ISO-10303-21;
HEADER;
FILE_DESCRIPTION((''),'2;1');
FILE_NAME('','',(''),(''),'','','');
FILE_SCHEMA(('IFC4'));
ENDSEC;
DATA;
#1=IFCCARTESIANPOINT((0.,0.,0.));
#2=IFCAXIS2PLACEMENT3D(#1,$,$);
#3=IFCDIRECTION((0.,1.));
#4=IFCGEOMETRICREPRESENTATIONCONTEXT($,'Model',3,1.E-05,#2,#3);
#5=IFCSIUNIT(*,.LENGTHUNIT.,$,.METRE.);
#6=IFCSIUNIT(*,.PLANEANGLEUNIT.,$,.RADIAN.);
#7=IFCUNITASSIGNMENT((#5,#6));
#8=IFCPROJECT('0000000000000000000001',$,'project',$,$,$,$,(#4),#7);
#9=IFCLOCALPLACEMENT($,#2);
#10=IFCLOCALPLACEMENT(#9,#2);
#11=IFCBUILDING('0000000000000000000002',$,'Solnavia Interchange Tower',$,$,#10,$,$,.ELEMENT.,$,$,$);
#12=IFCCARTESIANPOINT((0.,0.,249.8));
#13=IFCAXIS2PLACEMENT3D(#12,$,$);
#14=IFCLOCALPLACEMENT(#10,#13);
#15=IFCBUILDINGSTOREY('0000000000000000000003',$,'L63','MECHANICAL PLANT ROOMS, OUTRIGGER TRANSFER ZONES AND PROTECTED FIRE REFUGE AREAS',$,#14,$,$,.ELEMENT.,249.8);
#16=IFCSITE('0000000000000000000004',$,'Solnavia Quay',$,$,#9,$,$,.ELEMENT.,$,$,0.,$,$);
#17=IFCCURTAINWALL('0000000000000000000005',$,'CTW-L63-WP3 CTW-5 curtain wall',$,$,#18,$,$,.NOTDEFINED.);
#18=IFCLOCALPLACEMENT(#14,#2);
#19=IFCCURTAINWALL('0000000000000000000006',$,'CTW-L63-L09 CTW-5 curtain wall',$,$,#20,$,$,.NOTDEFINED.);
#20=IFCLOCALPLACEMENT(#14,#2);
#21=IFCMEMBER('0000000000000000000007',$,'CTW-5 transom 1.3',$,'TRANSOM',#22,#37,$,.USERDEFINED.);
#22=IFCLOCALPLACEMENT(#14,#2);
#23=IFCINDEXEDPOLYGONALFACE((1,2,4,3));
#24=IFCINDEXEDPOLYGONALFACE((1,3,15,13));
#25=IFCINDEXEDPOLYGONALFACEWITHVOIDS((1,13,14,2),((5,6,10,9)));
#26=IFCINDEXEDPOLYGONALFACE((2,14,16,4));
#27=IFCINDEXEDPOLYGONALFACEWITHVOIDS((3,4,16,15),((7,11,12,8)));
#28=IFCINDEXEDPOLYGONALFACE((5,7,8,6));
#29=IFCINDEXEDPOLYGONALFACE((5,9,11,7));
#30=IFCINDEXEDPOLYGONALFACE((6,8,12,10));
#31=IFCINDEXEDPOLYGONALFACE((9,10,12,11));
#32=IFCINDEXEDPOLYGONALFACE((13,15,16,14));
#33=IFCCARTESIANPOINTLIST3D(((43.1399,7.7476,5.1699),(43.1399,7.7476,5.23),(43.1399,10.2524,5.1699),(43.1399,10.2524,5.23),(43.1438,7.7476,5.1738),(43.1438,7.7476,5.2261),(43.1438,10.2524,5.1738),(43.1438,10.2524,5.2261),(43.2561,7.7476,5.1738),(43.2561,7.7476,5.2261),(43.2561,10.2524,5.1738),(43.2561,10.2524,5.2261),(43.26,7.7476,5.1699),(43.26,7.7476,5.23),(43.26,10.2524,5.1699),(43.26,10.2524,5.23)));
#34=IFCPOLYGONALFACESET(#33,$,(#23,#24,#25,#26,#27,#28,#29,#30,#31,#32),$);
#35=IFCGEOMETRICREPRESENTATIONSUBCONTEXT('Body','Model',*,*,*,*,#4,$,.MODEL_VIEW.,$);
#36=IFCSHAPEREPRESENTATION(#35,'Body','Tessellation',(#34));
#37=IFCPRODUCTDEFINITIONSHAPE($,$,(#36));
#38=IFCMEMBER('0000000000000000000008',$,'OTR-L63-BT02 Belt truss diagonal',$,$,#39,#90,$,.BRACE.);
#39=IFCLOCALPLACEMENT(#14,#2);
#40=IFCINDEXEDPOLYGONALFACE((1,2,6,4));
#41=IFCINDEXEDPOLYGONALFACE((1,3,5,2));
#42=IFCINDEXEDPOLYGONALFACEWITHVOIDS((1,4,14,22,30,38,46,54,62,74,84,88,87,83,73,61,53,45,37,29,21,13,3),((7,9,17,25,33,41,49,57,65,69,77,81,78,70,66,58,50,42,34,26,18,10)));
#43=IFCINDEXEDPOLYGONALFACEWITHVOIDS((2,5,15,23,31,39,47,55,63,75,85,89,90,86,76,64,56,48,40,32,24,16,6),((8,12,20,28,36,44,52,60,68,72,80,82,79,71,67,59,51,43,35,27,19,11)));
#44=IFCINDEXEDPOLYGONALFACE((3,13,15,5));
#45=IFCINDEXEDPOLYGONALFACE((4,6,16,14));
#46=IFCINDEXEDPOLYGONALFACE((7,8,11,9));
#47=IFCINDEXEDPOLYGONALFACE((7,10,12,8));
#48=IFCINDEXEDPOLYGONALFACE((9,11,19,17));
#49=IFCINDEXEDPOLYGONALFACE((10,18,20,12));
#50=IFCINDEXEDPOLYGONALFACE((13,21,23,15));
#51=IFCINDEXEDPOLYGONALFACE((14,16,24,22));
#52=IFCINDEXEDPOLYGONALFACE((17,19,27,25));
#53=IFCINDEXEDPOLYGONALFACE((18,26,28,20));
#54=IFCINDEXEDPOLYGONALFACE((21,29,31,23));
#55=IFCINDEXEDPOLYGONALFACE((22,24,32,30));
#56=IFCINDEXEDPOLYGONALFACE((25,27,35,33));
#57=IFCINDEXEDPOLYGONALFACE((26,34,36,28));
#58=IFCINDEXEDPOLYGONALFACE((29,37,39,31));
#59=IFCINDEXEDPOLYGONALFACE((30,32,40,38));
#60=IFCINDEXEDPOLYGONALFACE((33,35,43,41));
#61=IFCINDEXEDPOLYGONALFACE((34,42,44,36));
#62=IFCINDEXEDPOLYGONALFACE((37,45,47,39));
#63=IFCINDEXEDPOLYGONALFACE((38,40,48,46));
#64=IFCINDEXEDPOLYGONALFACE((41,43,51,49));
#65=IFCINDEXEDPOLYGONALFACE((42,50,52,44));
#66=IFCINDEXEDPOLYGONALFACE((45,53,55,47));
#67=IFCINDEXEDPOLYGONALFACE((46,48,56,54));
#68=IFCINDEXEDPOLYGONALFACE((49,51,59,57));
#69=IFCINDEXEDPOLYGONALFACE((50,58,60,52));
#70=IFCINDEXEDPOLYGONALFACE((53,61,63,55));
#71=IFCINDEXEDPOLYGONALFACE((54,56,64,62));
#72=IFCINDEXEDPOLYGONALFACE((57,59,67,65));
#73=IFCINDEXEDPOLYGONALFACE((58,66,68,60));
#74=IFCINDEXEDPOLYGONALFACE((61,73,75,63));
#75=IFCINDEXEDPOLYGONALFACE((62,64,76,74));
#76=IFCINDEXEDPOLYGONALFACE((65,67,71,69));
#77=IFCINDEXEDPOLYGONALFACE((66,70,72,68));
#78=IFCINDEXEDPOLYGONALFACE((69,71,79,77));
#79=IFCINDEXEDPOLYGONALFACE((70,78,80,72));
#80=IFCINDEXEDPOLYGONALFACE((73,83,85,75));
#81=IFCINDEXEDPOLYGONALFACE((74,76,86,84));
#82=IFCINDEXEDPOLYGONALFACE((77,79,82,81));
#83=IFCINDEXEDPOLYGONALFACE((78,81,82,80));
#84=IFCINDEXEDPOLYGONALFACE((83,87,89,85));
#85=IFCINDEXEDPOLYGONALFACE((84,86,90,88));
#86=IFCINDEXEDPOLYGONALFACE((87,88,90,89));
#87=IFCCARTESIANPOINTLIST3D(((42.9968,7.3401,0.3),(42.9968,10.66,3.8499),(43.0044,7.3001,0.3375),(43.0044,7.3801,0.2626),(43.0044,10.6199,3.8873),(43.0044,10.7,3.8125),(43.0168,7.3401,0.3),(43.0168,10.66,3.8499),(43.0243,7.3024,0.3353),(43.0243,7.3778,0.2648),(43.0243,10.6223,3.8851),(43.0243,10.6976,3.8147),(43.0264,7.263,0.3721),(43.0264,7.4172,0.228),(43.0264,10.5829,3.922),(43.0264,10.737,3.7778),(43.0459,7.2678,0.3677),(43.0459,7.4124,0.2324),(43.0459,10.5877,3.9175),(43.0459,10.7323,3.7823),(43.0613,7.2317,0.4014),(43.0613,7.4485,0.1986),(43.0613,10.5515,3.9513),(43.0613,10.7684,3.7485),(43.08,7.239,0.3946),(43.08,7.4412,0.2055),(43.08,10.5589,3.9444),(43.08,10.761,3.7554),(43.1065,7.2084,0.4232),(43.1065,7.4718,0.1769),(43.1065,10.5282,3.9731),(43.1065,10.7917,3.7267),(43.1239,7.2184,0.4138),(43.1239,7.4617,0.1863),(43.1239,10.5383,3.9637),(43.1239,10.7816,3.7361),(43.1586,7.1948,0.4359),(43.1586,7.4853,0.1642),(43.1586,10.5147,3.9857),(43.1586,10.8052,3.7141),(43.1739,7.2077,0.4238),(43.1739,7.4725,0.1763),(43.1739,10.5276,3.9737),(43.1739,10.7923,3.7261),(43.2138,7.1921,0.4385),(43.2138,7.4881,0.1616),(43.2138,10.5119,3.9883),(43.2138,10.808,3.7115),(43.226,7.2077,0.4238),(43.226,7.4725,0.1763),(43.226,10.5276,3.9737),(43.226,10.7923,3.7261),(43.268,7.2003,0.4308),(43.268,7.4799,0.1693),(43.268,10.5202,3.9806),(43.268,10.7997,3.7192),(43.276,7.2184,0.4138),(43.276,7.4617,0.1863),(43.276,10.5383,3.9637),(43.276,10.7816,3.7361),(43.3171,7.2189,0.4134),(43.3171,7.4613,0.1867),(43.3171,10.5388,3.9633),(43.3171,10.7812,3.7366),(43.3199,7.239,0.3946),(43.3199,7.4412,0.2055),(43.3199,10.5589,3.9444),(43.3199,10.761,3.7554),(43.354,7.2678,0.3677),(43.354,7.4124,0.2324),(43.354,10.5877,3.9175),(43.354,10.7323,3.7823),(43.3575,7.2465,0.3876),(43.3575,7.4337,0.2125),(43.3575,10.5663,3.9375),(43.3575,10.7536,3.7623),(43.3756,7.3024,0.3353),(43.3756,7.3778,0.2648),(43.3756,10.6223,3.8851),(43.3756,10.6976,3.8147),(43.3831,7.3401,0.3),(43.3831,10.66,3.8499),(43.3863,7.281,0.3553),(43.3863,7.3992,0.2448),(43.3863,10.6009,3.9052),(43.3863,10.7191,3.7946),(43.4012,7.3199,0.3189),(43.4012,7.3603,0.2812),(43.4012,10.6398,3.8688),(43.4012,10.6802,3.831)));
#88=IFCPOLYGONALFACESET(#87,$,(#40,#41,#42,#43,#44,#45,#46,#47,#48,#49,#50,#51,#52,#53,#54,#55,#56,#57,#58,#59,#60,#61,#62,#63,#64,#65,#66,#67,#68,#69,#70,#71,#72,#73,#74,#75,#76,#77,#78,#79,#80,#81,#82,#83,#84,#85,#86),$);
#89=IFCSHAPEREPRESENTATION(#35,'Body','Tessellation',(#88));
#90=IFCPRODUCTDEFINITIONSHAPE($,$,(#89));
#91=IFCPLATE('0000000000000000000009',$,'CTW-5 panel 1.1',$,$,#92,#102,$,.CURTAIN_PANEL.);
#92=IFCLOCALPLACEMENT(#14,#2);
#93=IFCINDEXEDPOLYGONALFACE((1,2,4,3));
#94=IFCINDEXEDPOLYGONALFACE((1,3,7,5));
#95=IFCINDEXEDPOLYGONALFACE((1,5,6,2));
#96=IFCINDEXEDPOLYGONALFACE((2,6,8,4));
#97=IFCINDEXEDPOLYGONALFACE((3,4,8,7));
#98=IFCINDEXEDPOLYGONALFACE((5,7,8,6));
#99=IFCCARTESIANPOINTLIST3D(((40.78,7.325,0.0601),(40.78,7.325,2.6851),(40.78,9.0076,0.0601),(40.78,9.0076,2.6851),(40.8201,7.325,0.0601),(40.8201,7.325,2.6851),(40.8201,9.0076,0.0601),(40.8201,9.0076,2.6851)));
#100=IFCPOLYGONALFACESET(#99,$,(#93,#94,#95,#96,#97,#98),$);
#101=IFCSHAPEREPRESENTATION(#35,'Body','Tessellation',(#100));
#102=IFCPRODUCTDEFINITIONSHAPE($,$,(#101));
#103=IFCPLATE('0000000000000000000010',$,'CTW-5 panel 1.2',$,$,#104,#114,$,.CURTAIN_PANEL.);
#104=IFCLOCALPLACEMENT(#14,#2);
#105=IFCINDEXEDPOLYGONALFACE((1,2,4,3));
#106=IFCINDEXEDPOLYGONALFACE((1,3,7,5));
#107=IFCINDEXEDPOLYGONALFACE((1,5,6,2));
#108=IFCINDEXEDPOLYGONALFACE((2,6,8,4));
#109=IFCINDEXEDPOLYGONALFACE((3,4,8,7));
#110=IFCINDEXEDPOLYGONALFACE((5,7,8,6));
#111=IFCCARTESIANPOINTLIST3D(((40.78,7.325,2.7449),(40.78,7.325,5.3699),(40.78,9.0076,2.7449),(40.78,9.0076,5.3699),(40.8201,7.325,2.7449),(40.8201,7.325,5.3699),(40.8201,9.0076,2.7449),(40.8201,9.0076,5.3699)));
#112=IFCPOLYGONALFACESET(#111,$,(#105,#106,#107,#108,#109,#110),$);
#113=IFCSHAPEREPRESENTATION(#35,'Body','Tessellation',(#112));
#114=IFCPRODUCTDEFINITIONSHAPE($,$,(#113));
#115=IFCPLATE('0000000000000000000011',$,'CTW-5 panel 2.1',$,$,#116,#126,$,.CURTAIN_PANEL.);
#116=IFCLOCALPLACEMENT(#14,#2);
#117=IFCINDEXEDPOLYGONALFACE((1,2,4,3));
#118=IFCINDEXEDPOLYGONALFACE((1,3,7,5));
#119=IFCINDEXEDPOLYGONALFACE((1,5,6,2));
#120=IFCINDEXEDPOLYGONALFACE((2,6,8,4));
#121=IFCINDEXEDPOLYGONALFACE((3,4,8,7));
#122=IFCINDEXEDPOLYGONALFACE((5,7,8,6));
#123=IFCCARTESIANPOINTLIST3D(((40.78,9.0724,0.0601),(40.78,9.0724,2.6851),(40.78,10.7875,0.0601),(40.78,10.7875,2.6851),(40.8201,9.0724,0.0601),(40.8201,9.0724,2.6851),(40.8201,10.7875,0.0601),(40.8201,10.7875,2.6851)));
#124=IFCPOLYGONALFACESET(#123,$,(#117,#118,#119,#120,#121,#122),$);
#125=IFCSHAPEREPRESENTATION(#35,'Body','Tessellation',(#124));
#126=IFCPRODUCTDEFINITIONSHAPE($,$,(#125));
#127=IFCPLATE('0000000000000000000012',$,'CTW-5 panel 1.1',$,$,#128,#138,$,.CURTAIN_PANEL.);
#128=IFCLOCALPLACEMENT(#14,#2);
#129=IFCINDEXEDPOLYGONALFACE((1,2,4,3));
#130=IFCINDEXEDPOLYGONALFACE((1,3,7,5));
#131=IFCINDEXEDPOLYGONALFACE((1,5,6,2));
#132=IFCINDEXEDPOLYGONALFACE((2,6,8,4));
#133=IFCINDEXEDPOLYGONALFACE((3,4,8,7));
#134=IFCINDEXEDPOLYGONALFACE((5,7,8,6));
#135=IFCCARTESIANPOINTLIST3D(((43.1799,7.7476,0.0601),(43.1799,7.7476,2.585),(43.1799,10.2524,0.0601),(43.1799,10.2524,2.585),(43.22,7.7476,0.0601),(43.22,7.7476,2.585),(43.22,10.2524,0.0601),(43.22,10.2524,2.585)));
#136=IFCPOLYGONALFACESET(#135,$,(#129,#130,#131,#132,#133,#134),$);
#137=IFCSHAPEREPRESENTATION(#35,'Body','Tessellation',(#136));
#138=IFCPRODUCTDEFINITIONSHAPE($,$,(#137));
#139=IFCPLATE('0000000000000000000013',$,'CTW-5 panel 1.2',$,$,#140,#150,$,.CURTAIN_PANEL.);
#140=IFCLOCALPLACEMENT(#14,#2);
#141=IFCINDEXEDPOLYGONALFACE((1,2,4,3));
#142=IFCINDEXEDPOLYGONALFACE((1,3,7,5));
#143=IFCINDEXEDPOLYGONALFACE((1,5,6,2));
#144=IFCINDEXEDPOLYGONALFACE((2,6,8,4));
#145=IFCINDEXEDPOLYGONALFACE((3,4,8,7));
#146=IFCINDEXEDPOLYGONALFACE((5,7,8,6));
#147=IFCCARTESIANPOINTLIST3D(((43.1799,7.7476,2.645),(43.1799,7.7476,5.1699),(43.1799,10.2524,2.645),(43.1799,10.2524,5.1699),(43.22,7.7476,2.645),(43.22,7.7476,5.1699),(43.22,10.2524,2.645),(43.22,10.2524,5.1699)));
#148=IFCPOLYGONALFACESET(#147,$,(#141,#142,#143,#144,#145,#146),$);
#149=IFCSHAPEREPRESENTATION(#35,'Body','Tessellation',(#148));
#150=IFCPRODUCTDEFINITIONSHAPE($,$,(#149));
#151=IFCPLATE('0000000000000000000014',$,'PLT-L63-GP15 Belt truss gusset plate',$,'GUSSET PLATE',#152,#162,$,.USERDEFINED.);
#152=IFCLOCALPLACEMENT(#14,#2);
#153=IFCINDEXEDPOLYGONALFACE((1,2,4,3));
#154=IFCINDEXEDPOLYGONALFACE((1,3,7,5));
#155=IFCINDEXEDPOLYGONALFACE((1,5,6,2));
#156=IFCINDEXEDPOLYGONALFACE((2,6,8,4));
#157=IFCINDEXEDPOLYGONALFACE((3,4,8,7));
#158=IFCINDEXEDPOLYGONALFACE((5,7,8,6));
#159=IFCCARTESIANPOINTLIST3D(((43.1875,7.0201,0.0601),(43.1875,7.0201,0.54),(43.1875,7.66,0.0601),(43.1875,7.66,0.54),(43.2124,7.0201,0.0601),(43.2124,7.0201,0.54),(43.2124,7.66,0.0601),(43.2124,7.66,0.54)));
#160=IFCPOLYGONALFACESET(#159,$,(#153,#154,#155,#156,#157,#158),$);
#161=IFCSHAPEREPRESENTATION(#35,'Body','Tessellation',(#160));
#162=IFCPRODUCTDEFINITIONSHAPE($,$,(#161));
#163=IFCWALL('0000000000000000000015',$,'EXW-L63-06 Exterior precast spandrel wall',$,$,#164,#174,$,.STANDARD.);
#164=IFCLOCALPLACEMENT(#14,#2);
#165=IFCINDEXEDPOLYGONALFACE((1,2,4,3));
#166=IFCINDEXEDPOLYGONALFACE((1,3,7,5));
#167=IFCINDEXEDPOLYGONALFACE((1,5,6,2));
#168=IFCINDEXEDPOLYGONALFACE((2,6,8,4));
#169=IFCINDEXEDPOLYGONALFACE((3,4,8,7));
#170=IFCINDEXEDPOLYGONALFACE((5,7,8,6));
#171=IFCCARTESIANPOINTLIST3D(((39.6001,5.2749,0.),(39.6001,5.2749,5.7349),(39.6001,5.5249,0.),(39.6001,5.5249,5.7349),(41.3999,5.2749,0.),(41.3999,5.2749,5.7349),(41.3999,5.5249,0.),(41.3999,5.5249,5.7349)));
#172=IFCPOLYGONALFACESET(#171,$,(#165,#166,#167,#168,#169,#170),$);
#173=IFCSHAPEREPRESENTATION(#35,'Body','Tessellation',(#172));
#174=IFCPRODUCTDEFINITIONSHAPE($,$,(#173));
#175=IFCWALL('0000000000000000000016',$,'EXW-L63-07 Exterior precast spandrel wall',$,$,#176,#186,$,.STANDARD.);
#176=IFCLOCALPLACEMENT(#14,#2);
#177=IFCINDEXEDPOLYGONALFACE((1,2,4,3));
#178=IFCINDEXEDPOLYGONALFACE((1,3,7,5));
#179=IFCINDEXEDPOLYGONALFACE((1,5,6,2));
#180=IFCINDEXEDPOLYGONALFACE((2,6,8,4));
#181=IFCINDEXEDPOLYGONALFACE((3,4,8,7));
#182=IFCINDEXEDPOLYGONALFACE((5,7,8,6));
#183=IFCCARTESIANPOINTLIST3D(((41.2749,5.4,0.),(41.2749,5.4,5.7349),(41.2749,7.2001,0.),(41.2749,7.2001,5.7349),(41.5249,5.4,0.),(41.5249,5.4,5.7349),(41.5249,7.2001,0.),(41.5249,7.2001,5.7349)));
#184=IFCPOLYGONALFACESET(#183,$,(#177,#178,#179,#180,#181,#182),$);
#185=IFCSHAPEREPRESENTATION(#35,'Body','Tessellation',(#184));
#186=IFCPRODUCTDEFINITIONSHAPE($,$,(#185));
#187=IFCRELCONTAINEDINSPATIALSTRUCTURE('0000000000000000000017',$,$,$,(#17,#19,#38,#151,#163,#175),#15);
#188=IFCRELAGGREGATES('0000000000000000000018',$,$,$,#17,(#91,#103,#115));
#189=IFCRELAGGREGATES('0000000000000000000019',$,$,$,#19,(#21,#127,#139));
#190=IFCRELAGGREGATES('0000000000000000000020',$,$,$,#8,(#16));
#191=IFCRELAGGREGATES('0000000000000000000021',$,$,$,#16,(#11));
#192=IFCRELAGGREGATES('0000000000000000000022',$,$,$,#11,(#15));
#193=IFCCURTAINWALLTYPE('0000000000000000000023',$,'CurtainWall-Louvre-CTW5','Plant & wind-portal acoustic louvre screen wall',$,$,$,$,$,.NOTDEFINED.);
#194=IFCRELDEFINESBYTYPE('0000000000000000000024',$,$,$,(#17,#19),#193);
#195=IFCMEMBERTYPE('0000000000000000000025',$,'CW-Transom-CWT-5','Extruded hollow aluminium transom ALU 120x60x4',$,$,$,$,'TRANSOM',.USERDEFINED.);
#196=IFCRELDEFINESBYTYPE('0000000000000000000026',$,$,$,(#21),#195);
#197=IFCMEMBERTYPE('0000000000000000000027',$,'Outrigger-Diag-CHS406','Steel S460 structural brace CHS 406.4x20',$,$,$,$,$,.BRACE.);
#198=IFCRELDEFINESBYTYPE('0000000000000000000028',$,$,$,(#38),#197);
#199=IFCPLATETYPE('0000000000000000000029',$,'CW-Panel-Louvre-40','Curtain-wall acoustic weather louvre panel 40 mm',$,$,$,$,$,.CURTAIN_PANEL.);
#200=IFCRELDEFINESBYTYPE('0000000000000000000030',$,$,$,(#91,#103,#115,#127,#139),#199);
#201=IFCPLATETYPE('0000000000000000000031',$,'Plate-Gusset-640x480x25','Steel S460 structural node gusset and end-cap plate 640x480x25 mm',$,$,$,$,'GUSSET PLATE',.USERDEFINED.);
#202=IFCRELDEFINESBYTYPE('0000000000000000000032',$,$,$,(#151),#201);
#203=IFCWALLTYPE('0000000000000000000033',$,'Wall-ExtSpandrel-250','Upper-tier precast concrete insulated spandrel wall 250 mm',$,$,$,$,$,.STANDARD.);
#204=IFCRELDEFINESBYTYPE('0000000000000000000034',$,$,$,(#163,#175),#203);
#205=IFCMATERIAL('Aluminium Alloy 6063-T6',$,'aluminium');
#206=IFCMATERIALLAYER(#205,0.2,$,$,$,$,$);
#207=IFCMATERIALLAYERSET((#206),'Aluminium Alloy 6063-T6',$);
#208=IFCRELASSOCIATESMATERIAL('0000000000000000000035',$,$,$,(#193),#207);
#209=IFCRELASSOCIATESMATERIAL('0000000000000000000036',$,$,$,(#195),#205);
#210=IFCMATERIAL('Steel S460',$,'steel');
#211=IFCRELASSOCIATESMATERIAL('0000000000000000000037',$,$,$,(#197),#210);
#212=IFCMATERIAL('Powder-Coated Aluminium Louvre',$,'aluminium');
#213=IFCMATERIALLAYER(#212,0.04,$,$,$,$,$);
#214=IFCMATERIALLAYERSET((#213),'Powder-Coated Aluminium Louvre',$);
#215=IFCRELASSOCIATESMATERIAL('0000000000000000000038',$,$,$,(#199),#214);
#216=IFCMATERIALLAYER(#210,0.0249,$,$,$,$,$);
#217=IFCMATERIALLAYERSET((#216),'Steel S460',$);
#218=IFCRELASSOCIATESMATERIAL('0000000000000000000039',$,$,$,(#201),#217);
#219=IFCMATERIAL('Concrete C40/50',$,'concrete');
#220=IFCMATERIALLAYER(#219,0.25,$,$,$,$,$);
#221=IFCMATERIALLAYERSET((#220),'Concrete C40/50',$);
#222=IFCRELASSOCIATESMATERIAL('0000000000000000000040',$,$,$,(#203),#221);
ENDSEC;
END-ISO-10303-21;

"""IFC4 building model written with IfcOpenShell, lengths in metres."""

from ifc_helpers import new_model, si_unit, direction, frame, frame_2d, origin, origin_2d, place, context, subcontext, project, spatial, rectangle, hollow_rectangle, hollow_circle, extrude, material, layer, layer_set, material_profile, profile_set, type_object, element, aggregate, save


model = new_model("IFC4")

# Units and contexts
model_context = context("Model", 3, precision=1e-05, world=origin(), true_north=direction((0.0, 1.0)))
body_context = subcontext(model_context, "Body", "Model", "MODEL_VIEW")
ifc_project = project(units=[si_unit("LENGTHUNIT", "METRE"), si_unit("PLANEANGLEUNIT", "RADIAN")], contexts=[model_context])

# Site, building, storey
site_placement = place(None, origin())
site = spatial("IfcSite", under=ifc_project, at=site_placement, Name="Solnavia Quay", CompositionType="ELEMENT", RefElevation=0.0)
building_placement = place(site_placement, origin())
building = spatial("IfcBuilding", under=site, at=building_placement, Name="Solnavia Interchange Tower", CompositionType="ELEMENT")
storey_placement = place(building_placement, frame((0.0, 0.0, 249.8)))
storey = spatial("IfcBuildingStorey", under=building, at=storey_placement, Name="L63", Description="MECHANICAL PLANT ROOMS, OUTRIGGER TRANSFER ZONES AND PROTECTED FIRE REFUGE AREAS", CompositionType="ELEMENT", Elevation=249.8)

# Curtain walls
ifc_material_1 = material(Name="Aluminium Alloy 6063-T6", Category="aluminium")
ifc_layer_1 = layer(ifc_material_1, 0.2)
ifc_layer_set_1 = layer_set([ifc_layer_1], Name="Aluminium Alloy 6063-T6")
curtain_wall_type = type_object("IfcCurtainWallType", Name="CurtainWall-Louvre-CTW5", Description="Plant & wind-portal acoustic louvre screen wall", PredefinedType="NOTDEFINED", material=ifc_layer_set_1)
curtain_wall_1_placement = place(storey_placement, origin())
curtain_wall_1 = element("IfcCurtainWall", 1, at=curtain_wall_1_placement, inside=storey, type_object=curtain_wall_type, Name="CTW-L63-WP3 CTW-5 curtain wall", PredefinedType="NOTDEFINED")
curtain_wall_2_placement = place(storey_placement, origin())
curtain_wall_2 = element("IfcCurtainWall", 2, at=curtain_wall_2_placement, inside=storey, type_object=curtain_wall_type, Name="CTW-L63-L09 CTW-5 curtain wall", PredefinedType="NOTDEFINED")

# Members
ifc_material_profile_1 = material_profile(ifc_material_1, hollow_rectangle(XDim=0.0601, YDim=0.1201, WallThickness=0.0039, at=origin_2d()), Name="ALU 120x60x4")
ifc_profile_set_1 = profile_set([ifc_material_profile_1], Name="Aluminium Alloy 6063-T6")
member_type_1 = type_object("IfcMemberType", Name="CW-Transom-CWT-5", Description="Extruded hollow aluminium transom ALU 120x60x4", ElementType="TRANSOM", PredefinedType="USERDEFINED", material=ifc_profile_set_1)
member_1_placement = place(storey_placement, frame((43.2, 7.7476, 5.2), z_axis=(0.0, 1.0, 0.0), x_axis=(0.0, 0.0, 1.0)))
member_1 = element("IfcMember", 3, at=member_1_placement, type_object=member_type_1, Name="CTW-5 transom 1.3", ObjectType="TRANSOM", PredefinedType="USERDEFINED", context=body_context, shape_type="SweptSolid", body=[
    extrude(hollow_rectangle(XDim=0.0601, YDim=0.1201, WallThickness=0.0039, at=origin_2d()), origin(), (0.0, 0.0, 1.0), 2.5049),
])
ifc_material_2 = material(Name="Steel S460", Category="steel")
ifc_material_profile_2 = material_profile(ifc_material_2, hollow_circle(Radius=0.2031, WallThickness=0.02, at=origin_2d()), Name="CHS 406.4x20")
ifc_profile_set_2 = profile_set([ifc_material_profile_2], Name="Steel S460")
member_type_2 = type_object("IfcMemberType", Name="Outrigger-Diag-CHS406", Description="Steel S460 structural brace CHS 406.4x20", PredefinedType="BRACE", material=ifc_profile_set_2)
member_2_placement = place(storey_placement, frame((43.2, 7.3401, 0.3), z_axis=(0.0, 0.683052, 0.73037), x_axis=(-1.0, 0.0, 0.0)))
element("IfcMember", 4, at=member_2_placement, inside=storey, type_object=member_type_2, Name="OTR-L63-BT02 Belt truss diagonal", PredefinedType="BRACE", context=body_context, shape_type="SweptSolid", body=[
    extrude(hollow_circle(Radius=0.2031, WallThickness=0.02, at=origin_2d()), origin(), (0.0, 0.0, 1.0), 4.8604),
])

# Plates
ifc_material_3 = material(Name="Powder-Coated Aluminium Louvre", Category="aluminium")
ifc_layer_2 = layer(ifc_material_3, 0.04)
ifc_layer_set_2 = layer_set([ifc_layer_2], Name="Powder-Coated Aluminium Louvre")
plate_type_1 = type_object("IfcPlateType", Name="CW-Panel-Louvre-40", Description="Curtain-wall acoustic weather louvre panel 40 mm", PredefinedType="CURTAIN_PANEL", material=ifc_layer_set_2)
plate_1_placement = place(storey_placement, frame((40.8, 8.1663, 0.0601), z_axis=(0.0, 0.0, 1.0), x_axis=(0.0, 1.0, 0.0)))
plate_1 = element("IfcPlate", 5, at=plate_1_placement, type_object=plate_type_1, Name="CTW-5 panel 1.1", PredefinedType="CURTAIN_PANEL", context=body_context, shape_type="SweptSolid", body=[
    extrude(rectangle(XDim=1.6826, YDim=0.04, at=origin_2d()), origin(), (0.0, 0.0, 1.0), 2.625),
])
plate_2_placement = place(storey_placement, frame((40.8, 8.1663, 2.7449), z_axis=(0.0, 0.0, 1.0), x_axis=(0.0, 1.0, 0.0)))
plate_2 = element("IfcPlate", 6, at=plate_2_placement, type_object=plate_type_1, Name="CTW-5 panel 1.2", PredefinedType="CURTAIN_PANEL", context=body_context, shape_type="SweptSolid", body=[
    extrude(rectangle(XDim=1.6826, YDim=0.04, at=origin_2d()), origin(), (0.0, 0.0, 1.0), 2.625),
])
plate_3_placement = place(storey_placement, frame((40.8, 9.9299, 0.0601), z_axis=(0.0, 0.0, 1.0), x_axis=(0.0, 1.0, 0.0)))
plate_3 = element("IfcPlate", 7, at=plate_3_placement, type_object=plate_type_1, Name="CTW-5 panel 2.1", PredefinedType="CURTAIN_PANEL", context=body_context, shape_type="SweptSolid", body=[
    extrude(rectangle(XDim=1.7151, YDim=0.04, at=origin_2d()), origin(), (0.0, 0.0, 1.0), 2.625),
])
aggregate(curtain_wall_1, [plate_1, plate_2, plate_3])
plate_4_placement = place(storey_placement, frame((43.2, 9.0, 0.0601), z_axis=(0.0, 0.0, 1.0), x_axis=(0.0, 1.0, 0.0)))
plate_4 = element("IfcPlate", 8, at=plate_4_placement, type_object=plate_type_1, Name="CTW-5 panel 1.1", PredefinedType="CURTAIN_PANEL", context=body_context, shape_type="SweptSolid", body=[
    extrude(rectangle(XDim=2.5049, YDim=0.04, at=origin_2d()), origin(), (0.0, 0.0, 1.0), 2.5249),
])
plate_5_placement = place(storey_placement, frame((43.2, 9.0, 2.645), z_axis=(0.0, 0.0, 1.0), x_axis=(0.0, 1.0, 0.0)))
plate_5 = element("IfcPlate", 9, at=plate_5_placement, type_object=plate_type_1, Name="CTW-5 panel 1.2", PredefinedType="CURTAIN_PANEL", context=body_context, shape_type="SweptSolid", body=[
    extrude(rectangle(XDim=2.5049, YDim=0.04, at=origin_2d()), origin(), (0.0, 0.0, 1.0), 2.5249),
])
aggregate(curtain_wall_2, [member_1, plate_4, plate_5])
ifc_layer_3 = layer(ifc_material_2, 0.0249)
ifc_layer_set_3 = layer_set([ifc_layer_3], Name="Steel S460")
plate_type_2 = type_object("IfcPlateType", Name="Plate-Gusset-640x480x25", Description="Steel S460 structural node gusset and end-cap plate 640x480x25 mm", ElementType="GUSSET PLATE", PredefinedType="USERDEFINED", material=ifc_layer_set_3)
plate_6_placement = place(storey_placement, frame((43.2, 7.3401, 0.0601), z_axis=(0.0, 0.0, 1.0), x_axis=(0.0, 1.0, 0.0)))
element("IfcPlate", 10, at=plate_6_placement, inside=storey, type_object=plate_type_2, Name="PLT-L63-GP15 Belt truss gusset plate", ObjectType="GUSSET PLATE", PredefinedType="USERDEFINED", context=body_context, shape_type="SweptSolid", body=[
    extrude(rectangle(XDim=0.6399, YDim=0.0249, at=origin_2d()), origin(), (0.0, 0.0, 1.0), 0.48),
])

# Walls
ifc_material_4 = material(Name="Concrete C40/50", Category="concrete")
ifc_layer_4 = layer(ifc_material_4, 0.25)
ifc_layer_set_4 = layer_set([ifc_layer_4], Name="Concrete C40/50")
wall_type = type_object("IfcWallType", Name="Wall-ExtSpandrel-250", Description="Upper-tier precast concrete insulated spandrel wall 250 mm", PredefinedType="STANDARD", material=ifc_layer_set_4)
wall_1_placement = place(storey_placement, frame((41.3999, 5.3999, 0.0), z_axis=(0.0, 0.0, 1.0), x_axis=(-1.0, 0.0, 0.0)))
element("IfcWall", 11, at=wall_1_placement, inside=storey, type_object=wall_type, Name="EXW-L63-06 Exterior precast spandrel wall", PredefinedType="STANDARD", context=body_context, shape_type="SweptSolid", body=[
    extrude(rectangle(XDim=1.7998, YDim=0.25, at=frame_2d((0.8999, 0.0))), origin(), (0.0, 0.0, 1.0), 5.7349),
])
wall_2_placement = place(storey_placement, frame((41.3999, 7.2, 0.0), z_axis=(0.0, 0.0, 1.0), x_axis=(0.0, -1.0, 0.0)))
element("IfcWall", 12, at=wall_2_placement, inside=storey, type_object=wall_type, Name="EXW-L63-07 Exterior precast spandrel wall", PredefinedType="STANDARD", context=body_context, shape_type="SweptSolid", body=[
    extrude(rectangle(XDim=1.8, YDim=0.25, at=frame_2d((0.8999, 0.0))), origin(), (0.0, 0.0, 1.0), 5.7349),
])

save(model, "model.ifc")
